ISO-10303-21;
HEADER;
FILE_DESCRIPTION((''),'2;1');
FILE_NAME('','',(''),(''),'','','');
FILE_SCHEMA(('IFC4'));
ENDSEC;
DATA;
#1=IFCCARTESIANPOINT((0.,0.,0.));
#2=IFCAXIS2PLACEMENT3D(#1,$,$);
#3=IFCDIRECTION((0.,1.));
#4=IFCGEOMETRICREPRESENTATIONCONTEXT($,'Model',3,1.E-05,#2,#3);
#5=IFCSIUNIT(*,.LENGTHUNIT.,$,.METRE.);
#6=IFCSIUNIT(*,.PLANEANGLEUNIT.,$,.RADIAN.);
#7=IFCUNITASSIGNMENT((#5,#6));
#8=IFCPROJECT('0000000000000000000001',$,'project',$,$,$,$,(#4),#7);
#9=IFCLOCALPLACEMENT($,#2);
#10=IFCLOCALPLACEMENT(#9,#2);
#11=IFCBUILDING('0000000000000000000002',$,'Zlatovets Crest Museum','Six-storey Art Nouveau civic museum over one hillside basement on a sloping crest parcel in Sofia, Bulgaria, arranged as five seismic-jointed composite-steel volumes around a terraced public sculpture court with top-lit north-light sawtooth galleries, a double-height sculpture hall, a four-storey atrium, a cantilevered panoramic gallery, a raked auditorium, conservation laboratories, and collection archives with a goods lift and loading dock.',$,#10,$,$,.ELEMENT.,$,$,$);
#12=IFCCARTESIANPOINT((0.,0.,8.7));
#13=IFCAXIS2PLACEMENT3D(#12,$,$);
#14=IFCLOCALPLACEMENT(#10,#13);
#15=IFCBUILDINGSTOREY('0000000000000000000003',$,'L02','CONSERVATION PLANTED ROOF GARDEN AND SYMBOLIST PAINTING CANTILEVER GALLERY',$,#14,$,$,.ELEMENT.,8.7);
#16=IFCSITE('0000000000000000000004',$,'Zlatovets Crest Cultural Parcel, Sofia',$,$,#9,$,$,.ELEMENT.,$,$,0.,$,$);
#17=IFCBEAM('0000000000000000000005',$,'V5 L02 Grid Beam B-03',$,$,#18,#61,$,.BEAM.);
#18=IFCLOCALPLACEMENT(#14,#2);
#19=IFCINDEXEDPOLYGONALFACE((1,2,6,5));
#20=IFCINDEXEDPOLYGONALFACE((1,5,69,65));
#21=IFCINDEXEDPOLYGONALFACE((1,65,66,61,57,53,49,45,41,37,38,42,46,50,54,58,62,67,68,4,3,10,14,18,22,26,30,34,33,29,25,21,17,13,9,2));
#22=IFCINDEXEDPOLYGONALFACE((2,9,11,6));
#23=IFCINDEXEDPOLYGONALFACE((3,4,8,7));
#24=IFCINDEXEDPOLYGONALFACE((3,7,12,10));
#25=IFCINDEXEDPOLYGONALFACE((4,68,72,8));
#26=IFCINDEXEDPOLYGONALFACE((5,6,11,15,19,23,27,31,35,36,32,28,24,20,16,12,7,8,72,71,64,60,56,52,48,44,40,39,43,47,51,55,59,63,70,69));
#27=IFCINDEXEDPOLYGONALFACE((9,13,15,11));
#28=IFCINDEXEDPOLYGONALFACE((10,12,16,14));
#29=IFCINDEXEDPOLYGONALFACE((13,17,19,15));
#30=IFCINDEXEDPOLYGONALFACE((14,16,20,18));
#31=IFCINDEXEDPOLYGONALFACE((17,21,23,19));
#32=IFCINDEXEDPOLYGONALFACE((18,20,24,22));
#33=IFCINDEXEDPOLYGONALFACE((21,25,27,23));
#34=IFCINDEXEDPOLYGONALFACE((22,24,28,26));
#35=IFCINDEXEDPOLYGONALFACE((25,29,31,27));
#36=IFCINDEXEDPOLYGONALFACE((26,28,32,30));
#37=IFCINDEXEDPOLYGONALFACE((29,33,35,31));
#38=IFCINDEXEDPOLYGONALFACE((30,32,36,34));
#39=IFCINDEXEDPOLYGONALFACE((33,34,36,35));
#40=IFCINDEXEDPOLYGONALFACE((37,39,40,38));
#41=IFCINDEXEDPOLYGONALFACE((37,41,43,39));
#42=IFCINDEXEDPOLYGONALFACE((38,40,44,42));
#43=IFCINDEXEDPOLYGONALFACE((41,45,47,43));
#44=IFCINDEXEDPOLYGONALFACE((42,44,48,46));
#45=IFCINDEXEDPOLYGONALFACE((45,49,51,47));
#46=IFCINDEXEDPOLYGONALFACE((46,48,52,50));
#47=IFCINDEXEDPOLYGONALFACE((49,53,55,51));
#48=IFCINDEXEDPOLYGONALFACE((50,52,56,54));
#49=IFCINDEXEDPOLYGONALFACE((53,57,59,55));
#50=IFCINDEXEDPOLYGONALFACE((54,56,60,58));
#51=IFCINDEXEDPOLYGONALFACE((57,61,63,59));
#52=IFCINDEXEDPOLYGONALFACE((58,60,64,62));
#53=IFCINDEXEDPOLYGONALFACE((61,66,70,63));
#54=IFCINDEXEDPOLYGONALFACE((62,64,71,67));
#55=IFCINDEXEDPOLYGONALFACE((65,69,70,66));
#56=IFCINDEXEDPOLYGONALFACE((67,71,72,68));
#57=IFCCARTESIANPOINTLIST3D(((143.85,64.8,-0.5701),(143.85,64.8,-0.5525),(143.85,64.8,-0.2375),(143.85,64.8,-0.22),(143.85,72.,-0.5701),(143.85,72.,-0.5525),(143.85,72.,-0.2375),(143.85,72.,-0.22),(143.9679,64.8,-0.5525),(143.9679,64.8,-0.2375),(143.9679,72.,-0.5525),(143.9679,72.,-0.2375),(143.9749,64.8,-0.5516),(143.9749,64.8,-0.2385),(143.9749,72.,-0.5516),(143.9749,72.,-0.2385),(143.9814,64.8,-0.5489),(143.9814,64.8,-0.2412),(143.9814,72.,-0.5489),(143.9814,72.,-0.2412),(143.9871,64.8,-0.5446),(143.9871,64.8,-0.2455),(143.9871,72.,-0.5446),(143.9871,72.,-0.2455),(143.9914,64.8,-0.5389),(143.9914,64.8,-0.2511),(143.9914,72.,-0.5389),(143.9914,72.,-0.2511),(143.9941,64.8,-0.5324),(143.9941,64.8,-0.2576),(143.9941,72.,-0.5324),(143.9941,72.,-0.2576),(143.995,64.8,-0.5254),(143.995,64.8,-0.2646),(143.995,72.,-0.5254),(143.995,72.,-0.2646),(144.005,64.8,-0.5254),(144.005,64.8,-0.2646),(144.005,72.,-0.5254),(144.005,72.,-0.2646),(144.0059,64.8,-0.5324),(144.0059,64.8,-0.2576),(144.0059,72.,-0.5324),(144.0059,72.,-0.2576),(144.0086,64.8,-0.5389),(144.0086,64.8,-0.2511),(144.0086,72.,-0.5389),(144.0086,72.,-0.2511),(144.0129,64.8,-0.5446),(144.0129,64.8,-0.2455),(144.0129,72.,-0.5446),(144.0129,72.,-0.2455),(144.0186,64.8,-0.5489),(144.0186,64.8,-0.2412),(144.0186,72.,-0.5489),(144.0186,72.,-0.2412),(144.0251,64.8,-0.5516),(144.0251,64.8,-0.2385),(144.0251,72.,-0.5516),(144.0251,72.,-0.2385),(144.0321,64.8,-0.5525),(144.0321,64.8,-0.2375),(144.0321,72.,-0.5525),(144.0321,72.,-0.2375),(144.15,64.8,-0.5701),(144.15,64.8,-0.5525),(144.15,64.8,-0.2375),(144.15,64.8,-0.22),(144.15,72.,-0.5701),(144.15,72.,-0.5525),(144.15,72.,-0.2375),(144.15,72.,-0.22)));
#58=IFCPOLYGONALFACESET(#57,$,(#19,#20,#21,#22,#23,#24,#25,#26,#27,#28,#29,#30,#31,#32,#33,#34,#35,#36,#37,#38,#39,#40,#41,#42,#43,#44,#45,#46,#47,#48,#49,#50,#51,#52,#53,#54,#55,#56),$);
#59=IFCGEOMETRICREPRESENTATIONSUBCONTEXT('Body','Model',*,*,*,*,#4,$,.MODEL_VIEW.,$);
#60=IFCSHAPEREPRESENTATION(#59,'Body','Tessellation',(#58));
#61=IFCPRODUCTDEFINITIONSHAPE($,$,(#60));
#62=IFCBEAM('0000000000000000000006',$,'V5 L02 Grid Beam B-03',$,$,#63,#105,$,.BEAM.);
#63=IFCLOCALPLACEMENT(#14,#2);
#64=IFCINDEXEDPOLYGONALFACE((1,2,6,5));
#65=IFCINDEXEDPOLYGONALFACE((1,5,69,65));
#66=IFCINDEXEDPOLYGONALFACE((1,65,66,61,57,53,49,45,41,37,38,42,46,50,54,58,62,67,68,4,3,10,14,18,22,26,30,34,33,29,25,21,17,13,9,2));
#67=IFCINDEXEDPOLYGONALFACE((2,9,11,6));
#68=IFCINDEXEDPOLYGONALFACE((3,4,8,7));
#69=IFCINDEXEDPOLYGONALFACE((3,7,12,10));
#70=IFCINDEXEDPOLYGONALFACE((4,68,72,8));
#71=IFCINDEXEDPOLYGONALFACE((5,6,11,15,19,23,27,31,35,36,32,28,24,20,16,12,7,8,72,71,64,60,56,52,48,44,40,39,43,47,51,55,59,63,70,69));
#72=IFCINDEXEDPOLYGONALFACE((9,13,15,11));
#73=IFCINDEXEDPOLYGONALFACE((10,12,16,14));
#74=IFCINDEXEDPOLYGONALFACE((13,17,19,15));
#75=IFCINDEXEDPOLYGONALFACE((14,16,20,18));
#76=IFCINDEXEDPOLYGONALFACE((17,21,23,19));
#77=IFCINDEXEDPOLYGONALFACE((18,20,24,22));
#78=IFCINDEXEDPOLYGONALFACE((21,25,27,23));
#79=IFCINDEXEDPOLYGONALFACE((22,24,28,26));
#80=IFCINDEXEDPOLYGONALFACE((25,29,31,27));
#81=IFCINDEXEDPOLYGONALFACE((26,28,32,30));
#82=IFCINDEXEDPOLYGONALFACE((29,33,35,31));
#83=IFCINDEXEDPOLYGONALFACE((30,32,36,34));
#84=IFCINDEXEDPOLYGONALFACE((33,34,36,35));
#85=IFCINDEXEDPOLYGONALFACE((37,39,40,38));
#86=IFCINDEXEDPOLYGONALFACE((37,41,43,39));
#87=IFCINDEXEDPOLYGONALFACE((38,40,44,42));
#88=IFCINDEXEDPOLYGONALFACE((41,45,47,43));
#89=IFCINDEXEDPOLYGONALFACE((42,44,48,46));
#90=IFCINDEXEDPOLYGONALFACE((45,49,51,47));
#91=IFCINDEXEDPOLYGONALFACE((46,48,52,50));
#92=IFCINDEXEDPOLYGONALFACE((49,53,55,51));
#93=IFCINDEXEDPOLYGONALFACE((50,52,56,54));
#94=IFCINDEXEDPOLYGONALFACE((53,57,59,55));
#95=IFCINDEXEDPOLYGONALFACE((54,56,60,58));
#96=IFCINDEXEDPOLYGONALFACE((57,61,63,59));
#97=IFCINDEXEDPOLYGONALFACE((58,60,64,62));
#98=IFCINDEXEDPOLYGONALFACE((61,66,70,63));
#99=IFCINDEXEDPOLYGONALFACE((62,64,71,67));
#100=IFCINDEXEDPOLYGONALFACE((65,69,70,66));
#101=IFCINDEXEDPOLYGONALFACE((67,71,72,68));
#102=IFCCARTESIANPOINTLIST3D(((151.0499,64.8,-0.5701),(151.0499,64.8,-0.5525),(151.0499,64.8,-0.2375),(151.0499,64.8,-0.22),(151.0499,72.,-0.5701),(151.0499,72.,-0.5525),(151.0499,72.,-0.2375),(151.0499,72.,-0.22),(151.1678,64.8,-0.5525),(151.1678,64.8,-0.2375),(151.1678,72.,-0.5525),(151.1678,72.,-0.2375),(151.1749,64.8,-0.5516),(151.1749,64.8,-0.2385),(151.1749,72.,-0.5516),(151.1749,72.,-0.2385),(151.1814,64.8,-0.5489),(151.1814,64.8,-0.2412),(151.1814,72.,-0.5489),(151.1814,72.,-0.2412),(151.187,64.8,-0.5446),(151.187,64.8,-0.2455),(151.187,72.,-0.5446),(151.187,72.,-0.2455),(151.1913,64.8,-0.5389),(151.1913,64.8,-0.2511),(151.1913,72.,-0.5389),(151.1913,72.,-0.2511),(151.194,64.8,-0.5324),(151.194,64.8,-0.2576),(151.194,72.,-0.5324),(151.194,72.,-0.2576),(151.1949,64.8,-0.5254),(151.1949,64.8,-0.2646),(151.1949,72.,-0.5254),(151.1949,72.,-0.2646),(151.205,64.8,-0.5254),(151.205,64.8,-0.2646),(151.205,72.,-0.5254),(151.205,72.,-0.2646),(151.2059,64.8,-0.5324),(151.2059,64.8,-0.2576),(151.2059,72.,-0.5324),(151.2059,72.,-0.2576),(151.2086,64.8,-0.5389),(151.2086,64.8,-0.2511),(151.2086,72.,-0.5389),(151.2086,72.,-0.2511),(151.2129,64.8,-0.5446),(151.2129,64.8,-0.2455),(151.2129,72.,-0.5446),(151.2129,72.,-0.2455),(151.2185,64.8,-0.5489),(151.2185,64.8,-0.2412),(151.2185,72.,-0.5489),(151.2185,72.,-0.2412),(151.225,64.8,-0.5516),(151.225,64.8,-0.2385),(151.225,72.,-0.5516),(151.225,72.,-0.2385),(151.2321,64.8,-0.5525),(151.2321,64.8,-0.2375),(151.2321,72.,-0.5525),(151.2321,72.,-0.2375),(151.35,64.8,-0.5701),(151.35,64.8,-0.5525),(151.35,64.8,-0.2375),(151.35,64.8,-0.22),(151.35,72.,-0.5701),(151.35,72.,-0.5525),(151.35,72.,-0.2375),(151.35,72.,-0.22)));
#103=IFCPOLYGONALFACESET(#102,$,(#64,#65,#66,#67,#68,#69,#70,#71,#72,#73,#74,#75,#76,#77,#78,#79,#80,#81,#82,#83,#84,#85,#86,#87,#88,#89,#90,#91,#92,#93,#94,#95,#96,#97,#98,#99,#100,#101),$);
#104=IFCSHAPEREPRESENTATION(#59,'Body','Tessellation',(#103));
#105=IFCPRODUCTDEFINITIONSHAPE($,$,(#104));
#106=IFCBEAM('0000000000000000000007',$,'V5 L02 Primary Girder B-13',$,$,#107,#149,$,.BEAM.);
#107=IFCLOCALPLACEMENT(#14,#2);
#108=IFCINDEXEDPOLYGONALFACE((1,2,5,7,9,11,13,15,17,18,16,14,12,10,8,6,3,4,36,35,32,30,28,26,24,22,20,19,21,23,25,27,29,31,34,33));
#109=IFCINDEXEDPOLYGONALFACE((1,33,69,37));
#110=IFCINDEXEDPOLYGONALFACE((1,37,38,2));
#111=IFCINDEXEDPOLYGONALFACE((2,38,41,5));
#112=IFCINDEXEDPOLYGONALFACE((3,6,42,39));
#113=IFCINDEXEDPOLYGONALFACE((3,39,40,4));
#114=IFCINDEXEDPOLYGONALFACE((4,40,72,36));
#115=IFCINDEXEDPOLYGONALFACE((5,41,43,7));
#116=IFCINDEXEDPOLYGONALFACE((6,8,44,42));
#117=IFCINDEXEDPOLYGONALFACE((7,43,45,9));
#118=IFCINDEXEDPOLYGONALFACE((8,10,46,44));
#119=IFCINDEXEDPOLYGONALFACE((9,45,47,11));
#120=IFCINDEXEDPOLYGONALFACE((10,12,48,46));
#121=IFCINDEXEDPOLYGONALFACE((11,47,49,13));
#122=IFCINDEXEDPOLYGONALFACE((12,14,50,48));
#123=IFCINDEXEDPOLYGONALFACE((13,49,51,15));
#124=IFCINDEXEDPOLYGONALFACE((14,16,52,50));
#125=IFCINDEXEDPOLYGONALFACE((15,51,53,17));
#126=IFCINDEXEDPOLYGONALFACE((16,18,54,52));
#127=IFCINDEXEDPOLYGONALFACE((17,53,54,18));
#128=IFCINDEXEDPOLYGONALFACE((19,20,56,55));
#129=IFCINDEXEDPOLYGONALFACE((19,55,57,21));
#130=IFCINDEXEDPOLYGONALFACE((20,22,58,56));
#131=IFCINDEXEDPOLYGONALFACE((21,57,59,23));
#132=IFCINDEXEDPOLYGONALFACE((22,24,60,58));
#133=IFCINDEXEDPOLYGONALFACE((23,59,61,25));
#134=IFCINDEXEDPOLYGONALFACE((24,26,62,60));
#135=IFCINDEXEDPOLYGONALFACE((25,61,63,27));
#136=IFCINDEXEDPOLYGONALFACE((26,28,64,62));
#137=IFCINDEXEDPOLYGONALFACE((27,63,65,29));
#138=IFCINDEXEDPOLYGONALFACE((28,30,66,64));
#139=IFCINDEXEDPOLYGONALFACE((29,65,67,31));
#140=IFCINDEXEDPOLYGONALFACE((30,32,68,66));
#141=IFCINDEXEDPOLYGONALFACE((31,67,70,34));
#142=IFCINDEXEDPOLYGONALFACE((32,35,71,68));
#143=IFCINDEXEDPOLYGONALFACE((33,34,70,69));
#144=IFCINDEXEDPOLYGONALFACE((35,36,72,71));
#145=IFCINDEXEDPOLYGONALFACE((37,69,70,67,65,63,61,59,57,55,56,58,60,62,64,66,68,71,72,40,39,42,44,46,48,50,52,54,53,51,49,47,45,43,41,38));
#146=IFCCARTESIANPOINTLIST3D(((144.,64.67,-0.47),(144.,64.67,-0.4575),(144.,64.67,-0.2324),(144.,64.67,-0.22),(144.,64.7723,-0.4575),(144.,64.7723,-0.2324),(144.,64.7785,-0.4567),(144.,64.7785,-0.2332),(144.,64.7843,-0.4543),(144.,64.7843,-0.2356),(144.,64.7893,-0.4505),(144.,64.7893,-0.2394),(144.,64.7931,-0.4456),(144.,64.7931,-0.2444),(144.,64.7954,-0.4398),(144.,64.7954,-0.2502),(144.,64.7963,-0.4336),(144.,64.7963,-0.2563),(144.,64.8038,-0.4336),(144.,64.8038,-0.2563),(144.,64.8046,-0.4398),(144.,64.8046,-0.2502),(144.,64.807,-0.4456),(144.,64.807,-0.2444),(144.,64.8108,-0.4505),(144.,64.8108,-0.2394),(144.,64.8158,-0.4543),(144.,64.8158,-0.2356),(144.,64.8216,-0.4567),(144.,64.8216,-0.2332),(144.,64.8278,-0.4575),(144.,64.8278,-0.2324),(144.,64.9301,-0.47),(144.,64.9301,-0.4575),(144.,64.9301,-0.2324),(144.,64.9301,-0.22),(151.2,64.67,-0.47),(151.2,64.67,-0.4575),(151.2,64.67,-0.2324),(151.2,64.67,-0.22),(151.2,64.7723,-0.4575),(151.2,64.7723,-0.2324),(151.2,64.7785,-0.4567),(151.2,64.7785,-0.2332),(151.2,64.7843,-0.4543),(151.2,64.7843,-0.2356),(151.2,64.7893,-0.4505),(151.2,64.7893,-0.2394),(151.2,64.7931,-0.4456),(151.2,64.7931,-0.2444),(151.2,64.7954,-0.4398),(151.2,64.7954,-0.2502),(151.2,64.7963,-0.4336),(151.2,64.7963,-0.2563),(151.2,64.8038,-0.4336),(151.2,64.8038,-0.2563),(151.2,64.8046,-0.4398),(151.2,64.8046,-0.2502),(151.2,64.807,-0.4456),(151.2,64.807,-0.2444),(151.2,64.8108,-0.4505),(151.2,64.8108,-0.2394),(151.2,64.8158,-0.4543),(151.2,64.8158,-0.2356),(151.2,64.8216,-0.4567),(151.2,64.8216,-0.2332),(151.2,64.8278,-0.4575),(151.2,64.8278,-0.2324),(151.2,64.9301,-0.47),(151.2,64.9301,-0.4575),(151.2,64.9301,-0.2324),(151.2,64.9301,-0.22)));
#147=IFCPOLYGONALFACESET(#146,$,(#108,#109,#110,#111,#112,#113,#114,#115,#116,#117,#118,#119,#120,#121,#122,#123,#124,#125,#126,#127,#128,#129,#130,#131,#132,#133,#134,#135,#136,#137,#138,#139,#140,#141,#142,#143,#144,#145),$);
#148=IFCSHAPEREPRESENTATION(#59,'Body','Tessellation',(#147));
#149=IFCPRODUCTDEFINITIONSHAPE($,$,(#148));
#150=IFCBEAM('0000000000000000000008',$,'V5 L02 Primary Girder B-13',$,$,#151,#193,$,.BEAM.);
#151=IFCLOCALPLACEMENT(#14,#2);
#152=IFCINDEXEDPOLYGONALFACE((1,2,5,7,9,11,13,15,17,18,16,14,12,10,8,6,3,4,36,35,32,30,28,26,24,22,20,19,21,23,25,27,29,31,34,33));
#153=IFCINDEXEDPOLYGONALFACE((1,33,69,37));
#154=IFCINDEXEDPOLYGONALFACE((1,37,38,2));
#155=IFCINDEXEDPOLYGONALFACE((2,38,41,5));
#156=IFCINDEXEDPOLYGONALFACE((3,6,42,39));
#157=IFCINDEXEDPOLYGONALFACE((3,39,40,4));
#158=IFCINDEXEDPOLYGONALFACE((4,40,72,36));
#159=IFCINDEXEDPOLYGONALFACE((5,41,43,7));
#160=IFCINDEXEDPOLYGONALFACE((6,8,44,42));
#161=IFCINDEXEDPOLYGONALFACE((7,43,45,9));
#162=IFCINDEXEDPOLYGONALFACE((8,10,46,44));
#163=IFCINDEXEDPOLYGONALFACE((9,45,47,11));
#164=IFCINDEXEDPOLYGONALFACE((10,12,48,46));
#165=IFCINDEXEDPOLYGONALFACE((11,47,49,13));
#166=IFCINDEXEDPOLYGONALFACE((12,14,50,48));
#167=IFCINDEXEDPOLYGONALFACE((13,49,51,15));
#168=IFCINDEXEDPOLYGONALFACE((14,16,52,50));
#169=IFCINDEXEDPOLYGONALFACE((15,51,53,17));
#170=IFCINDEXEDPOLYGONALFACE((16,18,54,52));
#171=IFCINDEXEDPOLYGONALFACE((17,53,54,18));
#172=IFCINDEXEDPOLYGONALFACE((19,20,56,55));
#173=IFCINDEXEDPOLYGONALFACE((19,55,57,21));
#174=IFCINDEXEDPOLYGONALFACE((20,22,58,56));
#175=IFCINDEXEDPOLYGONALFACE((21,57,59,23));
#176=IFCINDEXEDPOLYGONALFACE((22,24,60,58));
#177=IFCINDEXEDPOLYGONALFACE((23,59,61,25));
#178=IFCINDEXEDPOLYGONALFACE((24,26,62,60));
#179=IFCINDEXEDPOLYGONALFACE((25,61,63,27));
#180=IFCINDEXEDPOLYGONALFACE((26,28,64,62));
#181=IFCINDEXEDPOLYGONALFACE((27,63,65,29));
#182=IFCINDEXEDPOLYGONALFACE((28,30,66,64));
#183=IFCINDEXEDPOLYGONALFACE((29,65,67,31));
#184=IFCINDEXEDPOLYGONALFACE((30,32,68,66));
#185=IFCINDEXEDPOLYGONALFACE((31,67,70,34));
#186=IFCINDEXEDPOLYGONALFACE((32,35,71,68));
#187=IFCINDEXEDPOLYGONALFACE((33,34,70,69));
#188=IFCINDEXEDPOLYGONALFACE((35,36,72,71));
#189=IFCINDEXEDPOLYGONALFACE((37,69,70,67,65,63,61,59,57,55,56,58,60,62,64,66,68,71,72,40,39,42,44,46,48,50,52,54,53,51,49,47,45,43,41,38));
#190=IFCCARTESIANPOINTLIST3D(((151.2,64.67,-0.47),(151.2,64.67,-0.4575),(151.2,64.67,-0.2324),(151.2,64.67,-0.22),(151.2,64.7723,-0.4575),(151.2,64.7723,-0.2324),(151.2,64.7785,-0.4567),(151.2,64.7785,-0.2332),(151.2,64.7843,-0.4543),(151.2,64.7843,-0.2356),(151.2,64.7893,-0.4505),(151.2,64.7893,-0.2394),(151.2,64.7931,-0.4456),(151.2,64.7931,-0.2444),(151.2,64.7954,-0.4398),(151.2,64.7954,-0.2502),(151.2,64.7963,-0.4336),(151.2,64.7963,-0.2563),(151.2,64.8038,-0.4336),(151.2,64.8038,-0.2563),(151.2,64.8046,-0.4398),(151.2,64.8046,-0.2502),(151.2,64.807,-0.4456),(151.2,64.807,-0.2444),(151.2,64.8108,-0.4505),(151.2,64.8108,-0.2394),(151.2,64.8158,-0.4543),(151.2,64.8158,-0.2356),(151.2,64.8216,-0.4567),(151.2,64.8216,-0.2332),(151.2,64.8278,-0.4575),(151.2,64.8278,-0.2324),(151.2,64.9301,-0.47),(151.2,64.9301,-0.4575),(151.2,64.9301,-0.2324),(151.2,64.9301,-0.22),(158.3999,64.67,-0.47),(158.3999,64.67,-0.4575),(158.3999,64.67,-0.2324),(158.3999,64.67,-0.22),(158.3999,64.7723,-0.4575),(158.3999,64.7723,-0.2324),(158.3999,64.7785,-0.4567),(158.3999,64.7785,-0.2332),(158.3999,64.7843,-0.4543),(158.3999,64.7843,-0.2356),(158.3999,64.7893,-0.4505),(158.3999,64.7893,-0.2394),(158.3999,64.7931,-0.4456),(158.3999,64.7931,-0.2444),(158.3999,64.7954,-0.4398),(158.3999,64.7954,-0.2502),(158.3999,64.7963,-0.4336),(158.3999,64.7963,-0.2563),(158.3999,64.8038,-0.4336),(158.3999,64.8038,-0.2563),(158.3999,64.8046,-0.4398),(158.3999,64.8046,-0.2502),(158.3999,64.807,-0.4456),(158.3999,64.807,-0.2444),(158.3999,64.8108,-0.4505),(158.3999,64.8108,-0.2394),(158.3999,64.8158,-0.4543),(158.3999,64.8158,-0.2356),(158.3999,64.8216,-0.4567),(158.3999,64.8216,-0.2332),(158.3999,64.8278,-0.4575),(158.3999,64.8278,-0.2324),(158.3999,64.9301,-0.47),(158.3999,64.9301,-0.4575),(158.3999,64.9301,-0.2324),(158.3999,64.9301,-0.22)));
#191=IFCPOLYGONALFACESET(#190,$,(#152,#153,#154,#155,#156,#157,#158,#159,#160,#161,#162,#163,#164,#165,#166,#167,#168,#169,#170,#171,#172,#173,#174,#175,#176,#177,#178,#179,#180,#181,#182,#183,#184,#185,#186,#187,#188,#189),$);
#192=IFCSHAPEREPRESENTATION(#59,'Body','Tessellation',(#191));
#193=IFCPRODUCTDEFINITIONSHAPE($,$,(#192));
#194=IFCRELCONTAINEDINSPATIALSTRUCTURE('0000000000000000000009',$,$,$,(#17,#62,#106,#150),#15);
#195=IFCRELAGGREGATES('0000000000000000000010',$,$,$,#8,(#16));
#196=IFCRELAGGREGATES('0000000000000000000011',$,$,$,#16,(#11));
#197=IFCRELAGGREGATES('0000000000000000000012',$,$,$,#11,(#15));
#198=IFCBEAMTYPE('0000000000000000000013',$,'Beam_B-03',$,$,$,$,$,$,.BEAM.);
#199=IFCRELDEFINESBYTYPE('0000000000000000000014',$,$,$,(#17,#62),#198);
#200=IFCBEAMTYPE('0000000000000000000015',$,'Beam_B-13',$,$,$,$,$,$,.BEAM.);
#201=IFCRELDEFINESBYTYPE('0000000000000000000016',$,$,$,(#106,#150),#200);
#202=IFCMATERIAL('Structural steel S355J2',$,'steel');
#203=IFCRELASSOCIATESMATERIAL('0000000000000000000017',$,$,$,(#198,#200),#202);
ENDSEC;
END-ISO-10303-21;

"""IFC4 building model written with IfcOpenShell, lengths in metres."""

from ifc_helpers import new_model, si_unit, direction, frame, origin, origin_2d, place, context, subcontext, project, spatial, i_section, extrude, material, material_profile, profile_set, type_object, element, save


model = new_model("IFC4")

# Units and contexts
model_context = context("Model", 3, precision=1e-05, world=origin(), true_north=direction((0.0, 1.0)))
body_context = subcontext(model_context, "Body", "Model", "MODEL_VIEW")
ifc_project = project(units=[si_unit("LENGTHUNIT", "METRE"), si_unit("PLANEANGLEUNIT", "RADIAN")], contexts=[model_context])

# Site, building, storey
site_placement = place(None, origin())
site = spatial("IfcSite", under=ifc_project, at=site_placement, Name="Zlatovets Crest Cultural Parcel, Sofia", CompositionType="ELEMENT", RefElevation=0.0)
building_placement = place(site_placement, origin())
building = spatial("IfcBuilding", under=site, at=building_placement, Name="Zlatovets Crest Museum", Description="Six-storey Art Nouveau civic museum over one hillside basement on a sloping crest parcel in Sofia, Bulgaria, arranged as five seismic-jointed composite-steel volumes around a terraced public sculpture court with top-lit north-light sawtooth galleries, a double-height sculpture hall, a four-storey atrium, a cantilevered panoramic gallery, a raked auditorium, conservation laboratories, and collection archives with a goods lift and loading dock.", CompositionType="ELEMENT")
storey_placement = place(building_placement, frame((0.0, 0.0, 8.7)))
storey = spatial("IfcBuildingStorey", under=building, at=storey_placement, Name="L02", Description="CONSERVATION PLANTED ROOF GARDEN AND SYMBOLIST PAINTING CANTILEVER GALLERY", CompositionType="ELEMENT", Elevation=8.7)

# Beams
ifc_material_1 = material(Name="Structural steel S355J2", Category="steel")
ifc_material_profile_1 = material_profile(ifc_material_1, i_section(OverallWidth=0.3, OverallDepth=0.3501, WebThickness=0.01, FlangeThickness=0.0176, FilletRadius=0.0271, at=origin_2d()), Name="HEA 360")
ifc_profile_set_1 = profile_set([ifc_material_profile_1], Name="Structural steel S355J2")
beam_type_1 = type_object("IfcBeamType", Name="Beam_B-03", PredefinedType="BEAM", material=ifc_profile_set_1)
for number, where, z_axis, x_axis, name in (
    (1, (144.0, 64.8, -0.395), (0.0, 1.0, 0.0), (-1.0, 0.0, 0.0), "V5 L02 Grid Beam B-03"),
    (2, (151.2, 64.8, -0.395), (0.0, 1.0, 0.0), (-1.0, 0.0, 0.0), "V5 L02 Grid Beam B-03"),
):
    element("IfcBeam", number, at=place(storey_placement, frame(where, z_axis=z_axis, x_axis=x_axis)), inside=storey, type_object=beam_type_1, Name=name, PredefinedType="BEAM", context=body_context, shape_type="SweptSolid", body=[
        extrude(i_section(OverallWidth=0.3, OverallDepth=0.3501, WebThickness=0.01, FlangeThickness=0.0176, FilletRadius=0.0271, at=origin_2d()), origin(), (0.0, 0.0, 1.0), 7.2),
    ])
ifc_material_profile_2 = material_profile(ifc_material_1, i_section(OverallWidth=0.26, OverallDepth=0.25, WebThickness=0.0076, FlangeThickness=0.0125, FilletRadius=0.0239, at=origin_2d()), Name="HEA 260")
ifc_profile_set_2 = profile_set([ifc_material_profile_2], Name="Structural steel S355J2")
beam_type_2 = type_object("IfcBeamType", Name="Beam_B-13", PredefinedType="BEAM", material=ifc_profile_set_2)
for number, where, z_axis, x_axis, name in (
    (3, (144.0, 64.8, -0.345), (1.0, 0.0, 0.0), (0.0, 1.0, 0.0), "V5 L02 Primary Girder B-13"),
    (4, (151.2, 64.8, -0.345), (1.0, 0.0, 0.0), (0.0, 1.0, 0.0), "V5 L02 Primary Girder B-13"),
):
    element("IfcBeam", number, at=place(storey_placement, frame(where, z_axis=z_axis, x_axis=x_axis)), inside=storey, type_object=beam_type_2, Name=name, PredefinedType="BEAM", context=body_context, shape_type="SweptSolid", body=[
        extrude(i_section(OverallWidth=0.26, OverallDepth=0.25, WebThickness=0.0076, FlangeThickness=0.0125, FilletRadius=0.0239, at=origin_2d()), origin(), (0.0, 0.0, 1.0), 7.2),
    ])

save(model, "model.ifc")
